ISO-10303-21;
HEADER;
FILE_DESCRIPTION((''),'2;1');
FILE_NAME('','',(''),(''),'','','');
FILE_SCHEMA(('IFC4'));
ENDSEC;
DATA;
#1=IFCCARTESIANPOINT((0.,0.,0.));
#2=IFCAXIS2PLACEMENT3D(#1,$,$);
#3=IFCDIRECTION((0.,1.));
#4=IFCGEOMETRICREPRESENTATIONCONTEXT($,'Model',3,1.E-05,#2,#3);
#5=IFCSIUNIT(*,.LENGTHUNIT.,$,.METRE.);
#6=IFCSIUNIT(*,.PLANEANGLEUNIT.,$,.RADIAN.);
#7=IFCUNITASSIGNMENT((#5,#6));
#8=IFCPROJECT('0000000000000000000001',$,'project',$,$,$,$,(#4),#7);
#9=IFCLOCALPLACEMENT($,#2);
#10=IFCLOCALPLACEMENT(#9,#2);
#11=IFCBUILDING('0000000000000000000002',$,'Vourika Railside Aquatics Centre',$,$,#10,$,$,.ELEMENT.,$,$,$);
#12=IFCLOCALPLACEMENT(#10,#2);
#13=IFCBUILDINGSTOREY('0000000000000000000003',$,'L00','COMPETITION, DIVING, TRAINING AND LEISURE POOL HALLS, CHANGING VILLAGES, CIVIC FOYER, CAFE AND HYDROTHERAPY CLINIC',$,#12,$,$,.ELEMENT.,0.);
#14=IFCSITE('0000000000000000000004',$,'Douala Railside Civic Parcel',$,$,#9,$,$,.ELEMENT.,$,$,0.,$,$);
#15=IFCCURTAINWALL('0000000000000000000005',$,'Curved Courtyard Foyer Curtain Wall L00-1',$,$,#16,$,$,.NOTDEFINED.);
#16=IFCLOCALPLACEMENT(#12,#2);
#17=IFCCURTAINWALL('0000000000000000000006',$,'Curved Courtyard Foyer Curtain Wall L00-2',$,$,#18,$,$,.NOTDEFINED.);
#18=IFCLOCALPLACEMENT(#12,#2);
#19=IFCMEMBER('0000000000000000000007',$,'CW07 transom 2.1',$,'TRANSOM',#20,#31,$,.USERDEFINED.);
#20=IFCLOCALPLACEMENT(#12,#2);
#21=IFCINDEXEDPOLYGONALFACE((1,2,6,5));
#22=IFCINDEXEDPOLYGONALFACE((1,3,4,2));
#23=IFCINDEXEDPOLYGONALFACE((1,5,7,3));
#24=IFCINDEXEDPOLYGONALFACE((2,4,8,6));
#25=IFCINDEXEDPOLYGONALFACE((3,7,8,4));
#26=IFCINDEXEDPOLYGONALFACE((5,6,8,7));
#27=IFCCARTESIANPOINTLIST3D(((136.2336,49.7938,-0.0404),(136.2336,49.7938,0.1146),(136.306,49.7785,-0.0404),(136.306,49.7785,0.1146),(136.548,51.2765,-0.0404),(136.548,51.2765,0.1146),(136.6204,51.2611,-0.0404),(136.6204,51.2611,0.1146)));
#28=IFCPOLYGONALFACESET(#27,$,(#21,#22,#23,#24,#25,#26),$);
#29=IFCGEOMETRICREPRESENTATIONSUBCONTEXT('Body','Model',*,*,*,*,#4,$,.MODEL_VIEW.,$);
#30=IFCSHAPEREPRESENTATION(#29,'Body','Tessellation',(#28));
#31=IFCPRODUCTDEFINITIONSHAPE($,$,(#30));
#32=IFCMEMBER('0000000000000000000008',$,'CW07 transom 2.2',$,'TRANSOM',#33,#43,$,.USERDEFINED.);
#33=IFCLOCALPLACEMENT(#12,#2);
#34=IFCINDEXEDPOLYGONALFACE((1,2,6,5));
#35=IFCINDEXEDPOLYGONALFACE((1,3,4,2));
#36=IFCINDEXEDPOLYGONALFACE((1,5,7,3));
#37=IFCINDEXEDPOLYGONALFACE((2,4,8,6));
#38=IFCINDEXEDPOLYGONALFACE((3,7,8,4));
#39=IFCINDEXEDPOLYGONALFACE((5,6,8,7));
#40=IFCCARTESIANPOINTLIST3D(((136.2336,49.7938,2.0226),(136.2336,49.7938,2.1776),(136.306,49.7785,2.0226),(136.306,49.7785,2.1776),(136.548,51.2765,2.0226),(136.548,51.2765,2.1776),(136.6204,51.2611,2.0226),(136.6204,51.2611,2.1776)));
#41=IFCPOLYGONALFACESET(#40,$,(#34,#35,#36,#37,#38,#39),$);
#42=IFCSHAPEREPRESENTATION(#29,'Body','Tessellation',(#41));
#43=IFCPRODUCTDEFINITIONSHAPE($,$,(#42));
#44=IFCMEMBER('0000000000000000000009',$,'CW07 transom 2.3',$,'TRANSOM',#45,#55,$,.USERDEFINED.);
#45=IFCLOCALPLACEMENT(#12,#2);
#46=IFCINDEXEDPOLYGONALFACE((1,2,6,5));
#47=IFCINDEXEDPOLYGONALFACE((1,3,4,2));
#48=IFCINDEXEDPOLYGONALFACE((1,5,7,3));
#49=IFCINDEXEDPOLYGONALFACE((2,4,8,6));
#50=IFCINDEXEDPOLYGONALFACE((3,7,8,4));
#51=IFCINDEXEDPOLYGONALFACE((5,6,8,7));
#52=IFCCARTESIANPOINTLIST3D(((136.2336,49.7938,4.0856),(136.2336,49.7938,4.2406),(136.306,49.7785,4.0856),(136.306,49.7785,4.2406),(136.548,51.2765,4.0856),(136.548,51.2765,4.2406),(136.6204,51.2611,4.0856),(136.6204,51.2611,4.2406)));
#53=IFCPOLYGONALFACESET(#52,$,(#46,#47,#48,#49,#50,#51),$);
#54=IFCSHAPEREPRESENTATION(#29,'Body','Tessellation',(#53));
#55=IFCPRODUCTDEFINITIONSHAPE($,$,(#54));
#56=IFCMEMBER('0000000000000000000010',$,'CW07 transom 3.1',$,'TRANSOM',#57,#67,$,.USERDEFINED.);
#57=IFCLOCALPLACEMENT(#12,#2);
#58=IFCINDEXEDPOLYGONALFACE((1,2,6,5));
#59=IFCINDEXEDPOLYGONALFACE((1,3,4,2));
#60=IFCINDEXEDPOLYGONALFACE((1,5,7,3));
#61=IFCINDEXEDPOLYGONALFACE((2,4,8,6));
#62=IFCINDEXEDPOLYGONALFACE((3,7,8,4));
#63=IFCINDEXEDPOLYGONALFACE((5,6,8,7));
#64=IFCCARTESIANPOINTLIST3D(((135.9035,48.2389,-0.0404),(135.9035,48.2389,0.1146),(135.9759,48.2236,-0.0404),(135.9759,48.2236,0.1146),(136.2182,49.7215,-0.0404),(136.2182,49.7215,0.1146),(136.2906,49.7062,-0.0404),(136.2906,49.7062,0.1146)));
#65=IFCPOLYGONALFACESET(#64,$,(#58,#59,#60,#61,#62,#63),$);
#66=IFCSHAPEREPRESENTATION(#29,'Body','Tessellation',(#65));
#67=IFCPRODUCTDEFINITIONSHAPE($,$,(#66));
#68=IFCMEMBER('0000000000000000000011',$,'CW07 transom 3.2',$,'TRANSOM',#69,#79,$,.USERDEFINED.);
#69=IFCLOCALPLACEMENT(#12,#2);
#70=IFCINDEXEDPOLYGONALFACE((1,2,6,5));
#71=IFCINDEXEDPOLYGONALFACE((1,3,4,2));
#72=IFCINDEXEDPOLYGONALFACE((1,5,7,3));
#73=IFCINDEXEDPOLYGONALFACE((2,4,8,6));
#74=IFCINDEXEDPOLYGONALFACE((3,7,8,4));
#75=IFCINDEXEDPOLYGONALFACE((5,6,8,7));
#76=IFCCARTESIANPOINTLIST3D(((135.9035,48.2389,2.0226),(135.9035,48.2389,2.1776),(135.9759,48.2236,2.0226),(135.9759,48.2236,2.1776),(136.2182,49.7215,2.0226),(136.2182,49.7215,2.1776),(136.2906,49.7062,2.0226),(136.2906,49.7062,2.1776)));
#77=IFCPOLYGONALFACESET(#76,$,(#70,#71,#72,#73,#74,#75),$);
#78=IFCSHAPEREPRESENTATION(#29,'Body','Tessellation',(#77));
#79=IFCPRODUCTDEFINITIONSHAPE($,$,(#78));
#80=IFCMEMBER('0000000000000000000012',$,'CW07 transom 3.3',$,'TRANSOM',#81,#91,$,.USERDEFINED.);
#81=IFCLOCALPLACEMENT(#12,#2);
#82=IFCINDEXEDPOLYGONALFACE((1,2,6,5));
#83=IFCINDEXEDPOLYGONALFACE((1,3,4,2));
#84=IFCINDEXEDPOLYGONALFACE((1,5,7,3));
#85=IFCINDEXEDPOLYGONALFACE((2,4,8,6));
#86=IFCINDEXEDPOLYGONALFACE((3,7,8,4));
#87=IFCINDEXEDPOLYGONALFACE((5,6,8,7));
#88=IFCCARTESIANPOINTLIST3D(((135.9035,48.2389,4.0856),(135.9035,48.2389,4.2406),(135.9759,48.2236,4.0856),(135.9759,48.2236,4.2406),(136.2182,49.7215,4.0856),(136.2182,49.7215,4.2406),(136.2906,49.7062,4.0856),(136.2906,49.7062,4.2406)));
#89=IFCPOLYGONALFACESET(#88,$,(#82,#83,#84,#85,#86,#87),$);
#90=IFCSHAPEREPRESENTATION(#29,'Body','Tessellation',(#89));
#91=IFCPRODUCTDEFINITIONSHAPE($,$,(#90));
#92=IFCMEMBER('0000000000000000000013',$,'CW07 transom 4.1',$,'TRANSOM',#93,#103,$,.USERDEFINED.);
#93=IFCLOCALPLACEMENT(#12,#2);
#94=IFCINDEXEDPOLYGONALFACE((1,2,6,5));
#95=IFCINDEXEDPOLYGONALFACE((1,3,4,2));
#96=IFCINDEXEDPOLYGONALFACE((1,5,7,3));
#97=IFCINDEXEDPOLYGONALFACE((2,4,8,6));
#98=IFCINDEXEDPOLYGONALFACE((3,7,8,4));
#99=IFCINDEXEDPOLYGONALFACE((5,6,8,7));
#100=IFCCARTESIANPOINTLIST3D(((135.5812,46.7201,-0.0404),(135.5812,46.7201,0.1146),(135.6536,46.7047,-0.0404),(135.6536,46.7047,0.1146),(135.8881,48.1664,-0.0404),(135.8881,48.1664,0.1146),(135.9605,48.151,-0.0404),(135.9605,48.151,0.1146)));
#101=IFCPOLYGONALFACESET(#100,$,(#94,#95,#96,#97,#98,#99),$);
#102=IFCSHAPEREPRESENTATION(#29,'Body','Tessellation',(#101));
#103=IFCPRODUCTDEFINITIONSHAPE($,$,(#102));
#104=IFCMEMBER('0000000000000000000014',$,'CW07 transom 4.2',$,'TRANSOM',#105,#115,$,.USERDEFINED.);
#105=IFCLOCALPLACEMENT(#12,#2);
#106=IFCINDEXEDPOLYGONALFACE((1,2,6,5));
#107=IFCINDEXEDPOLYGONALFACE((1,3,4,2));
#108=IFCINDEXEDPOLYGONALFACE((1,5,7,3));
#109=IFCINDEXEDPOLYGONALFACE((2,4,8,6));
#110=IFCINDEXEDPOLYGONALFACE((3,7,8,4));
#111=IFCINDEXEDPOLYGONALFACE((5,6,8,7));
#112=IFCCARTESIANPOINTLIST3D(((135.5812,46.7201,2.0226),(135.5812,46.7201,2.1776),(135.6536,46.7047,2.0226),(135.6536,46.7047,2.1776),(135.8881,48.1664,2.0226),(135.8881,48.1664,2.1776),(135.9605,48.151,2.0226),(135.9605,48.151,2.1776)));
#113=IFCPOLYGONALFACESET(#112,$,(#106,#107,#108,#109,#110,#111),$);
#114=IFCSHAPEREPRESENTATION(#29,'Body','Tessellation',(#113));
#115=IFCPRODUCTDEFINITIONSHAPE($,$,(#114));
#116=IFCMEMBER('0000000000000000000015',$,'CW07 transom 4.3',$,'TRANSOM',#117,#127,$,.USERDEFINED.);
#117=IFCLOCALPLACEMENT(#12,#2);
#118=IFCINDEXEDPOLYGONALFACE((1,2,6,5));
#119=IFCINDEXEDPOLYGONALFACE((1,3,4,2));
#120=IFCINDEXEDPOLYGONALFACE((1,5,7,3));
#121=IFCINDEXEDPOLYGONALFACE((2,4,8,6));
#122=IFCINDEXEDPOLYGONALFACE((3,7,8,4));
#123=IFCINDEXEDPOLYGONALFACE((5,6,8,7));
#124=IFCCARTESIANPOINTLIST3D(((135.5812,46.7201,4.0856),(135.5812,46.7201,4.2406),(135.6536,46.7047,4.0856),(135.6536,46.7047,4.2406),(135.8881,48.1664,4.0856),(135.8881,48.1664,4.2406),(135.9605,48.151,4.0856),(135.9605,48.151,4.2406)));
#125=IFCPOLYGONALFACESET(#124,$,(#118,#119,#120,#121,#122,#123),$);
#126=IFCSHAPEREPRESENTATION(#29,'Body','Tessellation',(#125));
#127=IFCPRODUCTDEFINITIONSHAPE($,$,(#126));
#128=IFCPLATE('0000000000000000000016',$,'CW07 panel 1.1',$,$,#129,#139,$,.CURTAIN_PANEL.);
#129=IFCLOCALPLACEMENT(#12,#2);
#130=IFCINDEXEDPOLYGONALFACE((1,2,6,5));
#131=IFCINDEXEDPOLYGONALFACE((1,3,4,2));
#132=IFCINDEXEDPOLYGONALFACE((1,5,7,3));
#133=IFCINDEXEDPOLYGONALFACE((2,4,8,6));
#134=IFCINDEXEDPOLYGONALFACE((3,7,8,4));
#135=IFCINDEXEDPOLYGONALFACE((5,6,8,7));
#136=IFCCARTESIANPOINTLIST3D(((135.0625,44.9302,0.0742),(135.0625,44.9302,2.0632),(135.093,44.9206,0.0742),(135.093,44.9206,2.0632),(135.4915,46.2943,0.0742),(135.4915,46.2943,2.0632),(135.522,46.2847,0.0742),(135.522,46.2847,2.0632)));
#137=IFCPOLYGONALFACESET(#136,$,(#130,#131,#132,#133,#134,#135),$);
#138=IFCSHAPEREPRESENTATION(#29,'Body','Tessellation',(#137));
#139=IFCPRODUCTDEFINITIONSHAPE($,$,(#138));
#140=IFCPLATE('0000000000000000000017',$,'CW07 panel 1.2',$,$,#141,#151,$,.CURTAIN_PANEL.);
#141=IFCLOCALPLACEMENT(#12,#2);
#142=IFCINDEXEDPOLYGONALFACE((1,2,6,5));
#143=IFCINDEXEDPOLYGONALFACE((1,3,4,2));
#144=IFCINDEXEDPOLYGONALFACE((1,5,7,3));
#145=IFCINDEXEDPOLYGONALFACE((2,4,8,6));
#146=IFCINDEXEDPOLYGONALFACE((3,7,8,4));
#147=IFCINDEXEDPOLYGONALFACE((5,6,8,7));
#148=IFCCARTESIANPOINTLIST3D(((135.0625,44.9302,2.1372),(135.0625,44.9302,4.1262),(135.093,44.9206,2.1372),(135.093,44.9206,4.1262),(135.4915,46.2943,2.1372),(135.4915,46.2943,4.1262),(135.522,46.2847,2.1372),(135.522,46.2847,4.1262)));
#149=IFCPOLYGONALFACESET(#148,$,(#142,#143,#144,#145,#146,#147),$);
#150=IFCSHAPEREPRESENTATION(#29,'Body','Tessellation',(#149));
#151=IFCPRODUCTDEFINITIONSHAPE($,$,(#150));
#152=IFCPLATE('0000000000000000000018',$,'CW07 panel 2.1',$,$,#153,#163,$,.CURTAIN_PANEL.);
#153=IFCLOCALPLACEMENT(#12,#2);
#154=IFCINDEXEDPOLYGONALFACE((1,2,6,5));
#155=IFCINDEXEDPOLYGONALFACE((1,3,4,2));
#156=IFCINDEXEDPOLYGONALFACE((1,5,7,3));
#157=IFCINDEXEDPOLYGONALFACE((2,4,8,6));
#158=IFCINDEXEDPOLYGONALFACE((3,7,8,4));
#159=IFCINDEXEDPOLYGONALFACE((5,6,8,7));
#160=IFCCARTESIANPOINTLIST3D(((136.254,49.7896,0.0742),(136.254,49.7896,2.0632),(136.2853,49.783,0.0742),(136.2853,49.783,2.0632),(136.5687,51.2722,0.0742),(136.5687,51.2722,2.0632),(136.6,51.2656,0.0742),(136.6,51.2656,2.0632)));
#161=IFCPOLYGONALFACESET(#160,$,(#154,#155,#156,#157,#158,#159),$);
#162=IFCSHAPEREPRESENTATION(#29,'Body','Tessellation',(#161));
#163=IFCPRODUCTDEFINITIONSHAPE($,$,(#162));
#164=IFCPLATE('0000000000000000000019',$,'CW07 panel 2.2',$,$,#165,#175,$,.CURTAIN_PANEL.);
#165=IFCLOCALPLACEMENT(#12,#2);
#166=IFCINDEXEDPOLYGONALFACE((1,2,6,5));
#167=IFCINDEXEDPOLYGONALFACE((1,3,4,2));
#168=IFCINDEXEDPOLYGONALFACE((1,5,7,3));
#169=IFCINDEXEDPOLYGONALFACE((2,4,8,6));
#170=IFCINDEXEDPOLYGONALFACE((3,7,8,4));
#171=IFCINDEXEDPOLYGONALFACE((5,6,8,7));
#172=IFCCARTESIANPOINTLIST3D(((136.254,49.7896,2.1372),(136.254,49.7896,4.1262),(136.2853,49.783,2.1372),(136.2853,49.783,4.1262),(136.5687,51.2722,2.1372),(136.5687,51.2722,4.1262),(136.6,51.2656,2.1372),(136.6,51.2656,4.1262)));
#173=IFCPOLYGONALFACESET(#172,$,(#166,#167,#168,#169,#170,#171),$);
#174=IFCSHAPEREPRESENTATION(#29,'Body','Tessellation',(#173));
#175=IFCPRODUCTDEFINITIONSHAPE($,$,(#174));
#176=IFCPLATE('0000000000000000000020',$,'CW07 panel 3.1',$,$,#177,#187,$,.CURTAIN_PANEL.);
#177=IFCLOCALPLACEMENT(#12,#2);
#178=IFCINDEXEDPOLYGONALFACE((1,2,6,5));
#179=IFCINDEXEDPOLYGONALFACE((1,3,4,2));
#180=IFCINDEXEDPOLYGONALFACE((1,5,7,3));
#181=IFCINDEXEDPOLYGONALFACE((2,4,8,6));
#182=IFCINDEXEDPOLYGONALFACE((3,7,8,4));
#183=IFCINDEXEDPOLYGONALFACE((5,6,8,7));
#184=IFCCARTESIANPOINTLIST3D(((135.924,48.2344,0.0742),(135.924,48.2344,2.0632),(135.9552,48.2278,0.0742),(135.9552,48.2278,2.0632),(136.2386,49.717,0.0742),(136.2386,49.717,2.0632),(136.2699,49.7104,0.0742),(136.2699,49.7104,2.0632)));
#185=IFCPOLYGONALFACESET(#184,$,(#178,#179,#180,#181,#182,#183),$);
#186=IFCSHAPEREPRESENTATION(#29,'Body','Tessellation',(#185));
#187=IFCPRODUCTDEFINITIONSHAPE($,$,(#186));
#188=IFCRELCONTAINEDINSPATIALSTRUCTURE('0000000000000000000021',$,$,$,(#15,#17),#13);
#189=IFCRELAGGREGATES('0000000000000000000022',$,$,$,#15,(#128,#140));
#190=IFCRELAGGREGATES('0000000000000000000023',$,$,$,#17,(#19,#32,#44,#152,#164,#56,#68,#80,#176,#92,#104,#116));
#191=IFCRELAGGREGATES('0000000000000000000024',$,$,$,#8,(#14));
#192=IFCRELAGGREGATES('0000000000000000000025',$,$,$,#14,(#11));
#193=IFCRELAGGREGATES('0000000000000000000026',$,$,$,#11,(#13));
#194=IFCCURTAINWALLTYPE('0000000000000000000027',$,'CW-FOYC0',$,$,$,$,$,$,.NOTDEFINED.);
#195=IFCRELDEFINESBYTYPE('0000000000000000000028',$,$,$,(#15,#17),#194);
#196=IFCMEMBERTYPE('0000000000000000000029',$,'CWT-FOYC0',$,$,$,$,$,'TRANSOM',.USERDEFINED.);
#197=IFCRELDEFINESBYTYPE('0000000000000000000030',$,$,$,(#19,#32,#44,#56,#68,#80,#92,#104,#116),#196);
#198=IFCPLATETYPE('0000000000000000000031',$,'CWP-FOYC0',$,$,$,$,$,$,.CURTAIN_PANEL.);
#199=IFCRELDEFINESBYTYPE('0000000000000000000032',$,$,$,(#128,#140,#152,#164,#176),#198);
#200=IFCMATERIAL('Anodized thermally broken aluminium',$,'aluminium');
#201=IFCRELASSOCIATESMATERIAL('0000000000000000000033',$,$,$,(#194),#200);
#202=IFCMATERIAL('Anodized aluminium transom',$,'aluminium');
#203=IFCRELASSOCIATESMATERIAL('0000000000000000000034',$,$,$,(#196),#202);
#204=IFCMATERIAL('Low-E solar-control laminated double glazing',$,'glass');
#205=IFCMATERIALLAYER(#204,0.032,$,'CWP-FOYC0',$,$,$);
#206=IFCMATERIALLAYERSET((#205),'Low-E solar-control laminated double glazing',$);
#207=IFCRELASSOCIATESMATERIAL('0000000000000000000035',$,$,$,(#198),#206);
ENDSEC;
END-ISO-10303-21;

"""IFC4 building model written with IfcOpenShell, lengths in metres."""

from ifc_helpers import new_model, si_unit, direction, frame, origin, origin_2d, place, context, subcontext, project, spatial, rectangle, extrude, material, layer, layer_set, material_profile, profile_set, type_object, element, aggregate, save


model = new_model("IFC4")

# Units and contexts
model_context = context("Model", 3, precision=1e-05, world=origin(), true_north=direction((0.0, 1.0)))
body_context = subcontext(model_context, "Body", "Model", "MODEL_VIEW")
ifc_project = project(units=[si_unit("LENGTHUNIT", "METRE"), si_unit("PLANEANGLEUNIT", "RADIAN")], contexts=[model_context])

# Site, building, storey
site_placement = place(None, origin())
site = spatial("IfcSite", under=ifc_project, at=site_placement, Name="Douala Railside Civic Parcel", CompositionType="ELEMENT", RefElevation=0.0)
building_placement = place(site_placement, origin())
building = spatial("IfcBuilding", under=site, at=building_placement, Name="Vourika Railside Aquatics Centre", CompositionType="ELEMENT")
storey_placement = place(building_placement, origin())
storey = spatial("IfcBuildingStorey", under=building, at=storey_placement, Name="L00", Description="COMPETITION, DIVING, TRAINING AND LEISURE POOL HALLS, CHANGING VILLAGES, CIVIC FOYER, CAFE AND HYDROTHERAPY CLINIC", CompositionType="ELEMENT", Elevation=0.0)

# Curtain walls
ifc_material_1 = material(Name="Anodized thermally broken aluminium", Category="aluminium")
curtain_wall_type = type_object("IfcCurtainWallType", Name="CW-FOYC0", PredefinedType="NOTDEFINED", material=ifc_material_1)
curtain_wall_1_placement = place(storey_placement, origin())
curtain_wall_1 = element("IfcCurtainWall", 1, at=curtain_wall_1_placement, inside=storey, type_object=curtain_wall_type, Name="Curved Courtyard Foyer Curtain Wall L00-1", PredefinedType="NOTDEFINED")
curtain_wall_2_placement = place(storey_placement, origin())
curtain_wall_2 = element("IfcCurtainWall", 2, at=curtain_wall_2_placement, inside=storey, type_object=curtain_wall_type, Name="Curved Courtyard Foyer Curtain Wall L00-2", PredefinedType="NOTDEFINED")

# Members
ifc_material_2 = material(Name="Anodized aluminium transom", Category="aluminium")
ifc_material_profile_1 = material_profile(ifc_material_2, rectangle(XDim=0.074, YDim=0.155, at=origin_2d()), Name="ALU-T 74x155")
ifc_profile_set_1 = profile_set([ifc_material_profile_1], Name="Anodized aluminium transom")
member_type_1 = type_object("IfcMemberType", Name="CWT-FOYC0", ElementType="TRANSOM", PredefinedType="USERDEFINED", material=ifc_profile_set_1)
member_1_placement = place(storey_placement, frame((136.5842, 51.2688, 0.0371), z_axis=(-0.207472, -0.978241, 0.0), x_axis=(0.978241, -0.207472, 0.0)))
member_1 = element("IfcMember", 3, at=member_1_placement, type_object=member_type_1, Name="CW07 transom 2.1", ObjectType="TRANSOM", PredefinedType="USERDEFINED", context=body_context, shape_type="SweptSolid", body=[
    extrude(rectangle(XDim=0.074, YDim=0.155, at=origin_2d()), origin(), (0.0, 0.0, 1.0), 1.5156),
])
member_2_placement = place(storey_placement, frame((136.5842, 51.2688, 2.1001), z_axis=(-0.207472, -0.978241, 0.0), x_axis=(0.978241, -0.207472, 0.0)))
member_2 = element("IfcMember", 4, at=member_2_placement, type_object=member_type_1, Name="CW07 transom 2.2", ObjectType="TRANSOM", PredefinedType="USERDEFINED", context=body_context, shape_type="SweptSolid", body=[
    extrude(rectangle(XDim=0.074, YDim=0.155, at=origin_2d()), origin(), (0.0, 0.0, 1.0), 1.5156),
])
member_3_placement = place(storey_placement, frame((136.5842, 51.2688, 4.1631), z_axis=(-0.207472, -0.978241, 0.0), x_axis=(0.978241, -0.207472, 0.0)))
member_3 = element("IfcMember", 5, at=member_3_placement, type_object=member_type_1, Name="CW07 transom 2.3", ObjectType="TRANSOM", PredefinedType="USERDEFINED", context=body_context, shape_type="SweptSolid", body=[
    extrude(rectangle(XDim=0.074, YDim=0.155, at=origin_2d()), origin(), (0.0, 0.0, 1.0), 1.5156),
])
member_4_placement = place(storey_placement, frame((136.2544, 49.7139, 0.0371), z_axis=(-0.207626, -0.978208, 0.0), x_axis=(0.978208, -0.207626, 0.0)))
member_4 = element("IfcMember", 6, at=member_4_placement, type_object=member_type_1, Name="CW07 transom 3.1", ObjectType="TRANSOM", PredefinedType="USERDEFINED", context=body_context, shape_type="SweptSolid", body=[
    extrude(rectangle(XDim=0.074, YDim=0.155, at=origin_2d()), origin(), (0.0, 0.0, 1.0), 1.5156),
])
member_5_placement = place(storey_placement, frame((136.2544, 49.7139, 2.1001), z_axis=(-0.207626, -0.978208, 0.0), x_axis=(0.978208, -0.207626, 0.0)))
member_5 = element("IfcMember", 7, at=member_5_placement, type_object=member_type_1, Name="CW07 transom 3.2", ObjectType="TRANSOM", PredefinedType="USERDEFINED", context=body_context, shape_type="SweptSolid", body=[
    extrude(rectangle(XDim=0.074, YDim=0.155, at=origin_2d()), origin(), (0.0, 0.0, 1.0), 1.5156),
])
member_6_placement = place(storey_placement, frame((136.2544, 49.7139, 4.1631), z_axis=(-0.207626, -0.978208, 0.0), x_axis=(0.978208, -0.207626, 0.0)))
member_6 = element("IfcMember", 8, at=member_6_placement, type_object=member_type_1, Name="CW07 transom 3.3", ObjectType="TRANSOM", PredefinedType="USERDEFINED", context=body_context, shape_type="SweptSolid", body=[
    extrude(rectangle(XDim=0.074, YDim=0.155, at=origin_2d()), origin(), (0.0, 0.0, 1.0), 1.5156),
])
member_7_placement = place(storey_placement, frame((135.9243, 48.1587, 0.0371), z_axis=(-0.207566, -0.978221, 0.0), x_axis=(0.978221, -0.207566, 0.0)))
member_7 = element("IfcMember", 9, at=member_7_placement, type_object=member_type_1, Name="CW07 transom 4.1", ObjectType="TRANSOM", PredefinedType="USERDEFINED", context=body_context, shape_type="SweptSolid", body=[
    extrude(rectangle(XDim=0.074, YDim=0.155, at=origin_2d()), origin(), (0.0, 0.0, 1.0), 1.4785),
])
member_8_placement = place(storey_placement, frame((135.9243, 48.1587, 2.1001), z_axis=(-0.207566, -0.978221, 0.0), x_axis=(0.978221, -0.207566, 0.0)))
member_8 = element("IfcMember", 10, at=member_8_placement, type_object=member_type_1, Name="CW07 transom 4.2", ObjectType="TRANSOM", PredefinedType="USERDEFINED", context=body_context, shape_type="SweptSolid", body=[
    extrude(rectangle(XDim=0.074, YDim=0.155, at=origin_2d()), origin(), (0.0, 0.0, 1.0), 1.4785),
])
member_9_placement = place(storey_placement, frame((135.9243, 48.1587, 4.1631), z_axis=(-0.207566, -0.978221, 0.0), x_axis=(0.978221, -0.207566, 0.0)))
member_9 = element("IfcMember", 11, at=member_9_placement, type_object=member_type_1, Name="CW07 transom 4.3", ObjectType="TRANSOM", PredefinedType="USERDEFINED", context=body_context, shape_type="SweptSolid", body=[
    extrude(rectangle(XDim=0.074, YDim=0.155, at=origin_2d()), origin(), (0.0, 0.0, 1.0), 1.4785),
])

# Plates
ifc_material_3 = material(Name="Low-E solar-control laminated double glazing", Category="glass")
ifc_layer_1 = layer(ifc_material_3, 0.032, Name="CWP-FOYC0")
ifc_layer_set_1 = layer_set([ifc_layer_1], Name="Low-E solar-control laminated double glazing")
plate_type = type_object("IfcPlateType", Name="CWP-FOYC0", PredefinedType="CURTAIN_PANEL", material=ifc_layer_set_1)
plate_1_placement = place(storey_placement, frame((135.2922, 45.6074, 0.0742), z_axis=(0.0, 0.0, 1.0), x_axis=(-0.299974, -0.953947, 0.0)))
plate_1 = element("IfcPlate", 12, at=plate_1_placement, type_object=plate_type, Name="CW07 panel 1.1", PredefinedType="CURTAIN_PANEL", context=body_context, shape_type="SweptSolid", body=[
    extrude(rectangle(XDim=1.4299, YDim=0.032, at=origin_2d()), origin(), (0.0, 0.0, 1.0), 1.989),
])
plate_2_placement = place(storey_placement, frame((135.2922, 45.6074, 2.1372), z_axis=(0.0, 0.0, 1.0), x_axis=(-0.299974, -0.953947, 0.0)))
plate_2 = element("IfcPlate", 13, at=plate_2_placement, type_object=plate_type, Name="CW07 panel 1.2", PredefinedType="CURTAIN_PANEL", context=body_context, shape_type="SweptSolid", body=[
    extrude(rectangle(XDim=1.4299, YDim=0.032, at=origin_2d()), origin(), (0.0, 0.0, 1.0), 1.989),
])
aggregate(curtain_wall_1, [plate_1, plate_2])
plate_3_placement = place(storey_placement, frame((136.427, 50.5276, 0.0742), z_axis=(0.0, 0.0, 1.0), x_axis=(-0.207595, -0.978215, 0.0)))
plate_3 = element("IfcPlate", 14, at=plate_3_placement, type_object=plate_type, Name="CW07 panel 2.1", PredefinedType="CURTAIN_PANEL", context=body_context, shape_type="SweptSolid", body=[
    extrude(rectangle(XDim=1.5156, YDim=0.032, at=origin_2d()), origin(), (0.0, 0.0, 1.0), 1.989),
])
plate_4_placement = place(storey_placement, frame((136.427, 50.5276, 2.1372), z_axis=(0.0, 0.0, 1.0), x_axis=(-0.207595, -0.978215, 0.0)))
plate_4 = element("IfcPlate", 15, at=plate_4_placement, type_object=plate_type, Name="CW07 panel 2.2", PredefinedType="CURTAIN_PANEL", context=body_context, shape_type="SweptSolid", body=[
    extrude(rectangle(XDim=1.5156, YDim=0.032, at=origin_2d()), origin(), (0.0, 0.0, 1.0), 1.989),
])
plate_5_placement = place(storey_placement, frame((136.0969, 48.9724, 0.0742), z_axis=(0.0, 0.0, 1.0), x_axis=(-0.207595, -0.978215, 0.0)))
plate_5 = element("IfcPlate", 16, at=plate_5_placement, type_object=plate_type, Name="CW07 panel 3.1", PredefinedType="CURTAIN_PANEL", context=body_context, shape_type="SweptSolid", body=[
    extrude(rectangle(XDim=1.5156, YDim=0.032, at=origin_2d()), origin(), (0.0, 0.0, 1.0), 1.989),
])
aggregate(curtain_wall_2, [member_1, member_2, member_3, plate_3, plate_4, member_4, member_5, member_6, plate_5, member_7, member_8, member_9])

save(model, "model.ifc")
